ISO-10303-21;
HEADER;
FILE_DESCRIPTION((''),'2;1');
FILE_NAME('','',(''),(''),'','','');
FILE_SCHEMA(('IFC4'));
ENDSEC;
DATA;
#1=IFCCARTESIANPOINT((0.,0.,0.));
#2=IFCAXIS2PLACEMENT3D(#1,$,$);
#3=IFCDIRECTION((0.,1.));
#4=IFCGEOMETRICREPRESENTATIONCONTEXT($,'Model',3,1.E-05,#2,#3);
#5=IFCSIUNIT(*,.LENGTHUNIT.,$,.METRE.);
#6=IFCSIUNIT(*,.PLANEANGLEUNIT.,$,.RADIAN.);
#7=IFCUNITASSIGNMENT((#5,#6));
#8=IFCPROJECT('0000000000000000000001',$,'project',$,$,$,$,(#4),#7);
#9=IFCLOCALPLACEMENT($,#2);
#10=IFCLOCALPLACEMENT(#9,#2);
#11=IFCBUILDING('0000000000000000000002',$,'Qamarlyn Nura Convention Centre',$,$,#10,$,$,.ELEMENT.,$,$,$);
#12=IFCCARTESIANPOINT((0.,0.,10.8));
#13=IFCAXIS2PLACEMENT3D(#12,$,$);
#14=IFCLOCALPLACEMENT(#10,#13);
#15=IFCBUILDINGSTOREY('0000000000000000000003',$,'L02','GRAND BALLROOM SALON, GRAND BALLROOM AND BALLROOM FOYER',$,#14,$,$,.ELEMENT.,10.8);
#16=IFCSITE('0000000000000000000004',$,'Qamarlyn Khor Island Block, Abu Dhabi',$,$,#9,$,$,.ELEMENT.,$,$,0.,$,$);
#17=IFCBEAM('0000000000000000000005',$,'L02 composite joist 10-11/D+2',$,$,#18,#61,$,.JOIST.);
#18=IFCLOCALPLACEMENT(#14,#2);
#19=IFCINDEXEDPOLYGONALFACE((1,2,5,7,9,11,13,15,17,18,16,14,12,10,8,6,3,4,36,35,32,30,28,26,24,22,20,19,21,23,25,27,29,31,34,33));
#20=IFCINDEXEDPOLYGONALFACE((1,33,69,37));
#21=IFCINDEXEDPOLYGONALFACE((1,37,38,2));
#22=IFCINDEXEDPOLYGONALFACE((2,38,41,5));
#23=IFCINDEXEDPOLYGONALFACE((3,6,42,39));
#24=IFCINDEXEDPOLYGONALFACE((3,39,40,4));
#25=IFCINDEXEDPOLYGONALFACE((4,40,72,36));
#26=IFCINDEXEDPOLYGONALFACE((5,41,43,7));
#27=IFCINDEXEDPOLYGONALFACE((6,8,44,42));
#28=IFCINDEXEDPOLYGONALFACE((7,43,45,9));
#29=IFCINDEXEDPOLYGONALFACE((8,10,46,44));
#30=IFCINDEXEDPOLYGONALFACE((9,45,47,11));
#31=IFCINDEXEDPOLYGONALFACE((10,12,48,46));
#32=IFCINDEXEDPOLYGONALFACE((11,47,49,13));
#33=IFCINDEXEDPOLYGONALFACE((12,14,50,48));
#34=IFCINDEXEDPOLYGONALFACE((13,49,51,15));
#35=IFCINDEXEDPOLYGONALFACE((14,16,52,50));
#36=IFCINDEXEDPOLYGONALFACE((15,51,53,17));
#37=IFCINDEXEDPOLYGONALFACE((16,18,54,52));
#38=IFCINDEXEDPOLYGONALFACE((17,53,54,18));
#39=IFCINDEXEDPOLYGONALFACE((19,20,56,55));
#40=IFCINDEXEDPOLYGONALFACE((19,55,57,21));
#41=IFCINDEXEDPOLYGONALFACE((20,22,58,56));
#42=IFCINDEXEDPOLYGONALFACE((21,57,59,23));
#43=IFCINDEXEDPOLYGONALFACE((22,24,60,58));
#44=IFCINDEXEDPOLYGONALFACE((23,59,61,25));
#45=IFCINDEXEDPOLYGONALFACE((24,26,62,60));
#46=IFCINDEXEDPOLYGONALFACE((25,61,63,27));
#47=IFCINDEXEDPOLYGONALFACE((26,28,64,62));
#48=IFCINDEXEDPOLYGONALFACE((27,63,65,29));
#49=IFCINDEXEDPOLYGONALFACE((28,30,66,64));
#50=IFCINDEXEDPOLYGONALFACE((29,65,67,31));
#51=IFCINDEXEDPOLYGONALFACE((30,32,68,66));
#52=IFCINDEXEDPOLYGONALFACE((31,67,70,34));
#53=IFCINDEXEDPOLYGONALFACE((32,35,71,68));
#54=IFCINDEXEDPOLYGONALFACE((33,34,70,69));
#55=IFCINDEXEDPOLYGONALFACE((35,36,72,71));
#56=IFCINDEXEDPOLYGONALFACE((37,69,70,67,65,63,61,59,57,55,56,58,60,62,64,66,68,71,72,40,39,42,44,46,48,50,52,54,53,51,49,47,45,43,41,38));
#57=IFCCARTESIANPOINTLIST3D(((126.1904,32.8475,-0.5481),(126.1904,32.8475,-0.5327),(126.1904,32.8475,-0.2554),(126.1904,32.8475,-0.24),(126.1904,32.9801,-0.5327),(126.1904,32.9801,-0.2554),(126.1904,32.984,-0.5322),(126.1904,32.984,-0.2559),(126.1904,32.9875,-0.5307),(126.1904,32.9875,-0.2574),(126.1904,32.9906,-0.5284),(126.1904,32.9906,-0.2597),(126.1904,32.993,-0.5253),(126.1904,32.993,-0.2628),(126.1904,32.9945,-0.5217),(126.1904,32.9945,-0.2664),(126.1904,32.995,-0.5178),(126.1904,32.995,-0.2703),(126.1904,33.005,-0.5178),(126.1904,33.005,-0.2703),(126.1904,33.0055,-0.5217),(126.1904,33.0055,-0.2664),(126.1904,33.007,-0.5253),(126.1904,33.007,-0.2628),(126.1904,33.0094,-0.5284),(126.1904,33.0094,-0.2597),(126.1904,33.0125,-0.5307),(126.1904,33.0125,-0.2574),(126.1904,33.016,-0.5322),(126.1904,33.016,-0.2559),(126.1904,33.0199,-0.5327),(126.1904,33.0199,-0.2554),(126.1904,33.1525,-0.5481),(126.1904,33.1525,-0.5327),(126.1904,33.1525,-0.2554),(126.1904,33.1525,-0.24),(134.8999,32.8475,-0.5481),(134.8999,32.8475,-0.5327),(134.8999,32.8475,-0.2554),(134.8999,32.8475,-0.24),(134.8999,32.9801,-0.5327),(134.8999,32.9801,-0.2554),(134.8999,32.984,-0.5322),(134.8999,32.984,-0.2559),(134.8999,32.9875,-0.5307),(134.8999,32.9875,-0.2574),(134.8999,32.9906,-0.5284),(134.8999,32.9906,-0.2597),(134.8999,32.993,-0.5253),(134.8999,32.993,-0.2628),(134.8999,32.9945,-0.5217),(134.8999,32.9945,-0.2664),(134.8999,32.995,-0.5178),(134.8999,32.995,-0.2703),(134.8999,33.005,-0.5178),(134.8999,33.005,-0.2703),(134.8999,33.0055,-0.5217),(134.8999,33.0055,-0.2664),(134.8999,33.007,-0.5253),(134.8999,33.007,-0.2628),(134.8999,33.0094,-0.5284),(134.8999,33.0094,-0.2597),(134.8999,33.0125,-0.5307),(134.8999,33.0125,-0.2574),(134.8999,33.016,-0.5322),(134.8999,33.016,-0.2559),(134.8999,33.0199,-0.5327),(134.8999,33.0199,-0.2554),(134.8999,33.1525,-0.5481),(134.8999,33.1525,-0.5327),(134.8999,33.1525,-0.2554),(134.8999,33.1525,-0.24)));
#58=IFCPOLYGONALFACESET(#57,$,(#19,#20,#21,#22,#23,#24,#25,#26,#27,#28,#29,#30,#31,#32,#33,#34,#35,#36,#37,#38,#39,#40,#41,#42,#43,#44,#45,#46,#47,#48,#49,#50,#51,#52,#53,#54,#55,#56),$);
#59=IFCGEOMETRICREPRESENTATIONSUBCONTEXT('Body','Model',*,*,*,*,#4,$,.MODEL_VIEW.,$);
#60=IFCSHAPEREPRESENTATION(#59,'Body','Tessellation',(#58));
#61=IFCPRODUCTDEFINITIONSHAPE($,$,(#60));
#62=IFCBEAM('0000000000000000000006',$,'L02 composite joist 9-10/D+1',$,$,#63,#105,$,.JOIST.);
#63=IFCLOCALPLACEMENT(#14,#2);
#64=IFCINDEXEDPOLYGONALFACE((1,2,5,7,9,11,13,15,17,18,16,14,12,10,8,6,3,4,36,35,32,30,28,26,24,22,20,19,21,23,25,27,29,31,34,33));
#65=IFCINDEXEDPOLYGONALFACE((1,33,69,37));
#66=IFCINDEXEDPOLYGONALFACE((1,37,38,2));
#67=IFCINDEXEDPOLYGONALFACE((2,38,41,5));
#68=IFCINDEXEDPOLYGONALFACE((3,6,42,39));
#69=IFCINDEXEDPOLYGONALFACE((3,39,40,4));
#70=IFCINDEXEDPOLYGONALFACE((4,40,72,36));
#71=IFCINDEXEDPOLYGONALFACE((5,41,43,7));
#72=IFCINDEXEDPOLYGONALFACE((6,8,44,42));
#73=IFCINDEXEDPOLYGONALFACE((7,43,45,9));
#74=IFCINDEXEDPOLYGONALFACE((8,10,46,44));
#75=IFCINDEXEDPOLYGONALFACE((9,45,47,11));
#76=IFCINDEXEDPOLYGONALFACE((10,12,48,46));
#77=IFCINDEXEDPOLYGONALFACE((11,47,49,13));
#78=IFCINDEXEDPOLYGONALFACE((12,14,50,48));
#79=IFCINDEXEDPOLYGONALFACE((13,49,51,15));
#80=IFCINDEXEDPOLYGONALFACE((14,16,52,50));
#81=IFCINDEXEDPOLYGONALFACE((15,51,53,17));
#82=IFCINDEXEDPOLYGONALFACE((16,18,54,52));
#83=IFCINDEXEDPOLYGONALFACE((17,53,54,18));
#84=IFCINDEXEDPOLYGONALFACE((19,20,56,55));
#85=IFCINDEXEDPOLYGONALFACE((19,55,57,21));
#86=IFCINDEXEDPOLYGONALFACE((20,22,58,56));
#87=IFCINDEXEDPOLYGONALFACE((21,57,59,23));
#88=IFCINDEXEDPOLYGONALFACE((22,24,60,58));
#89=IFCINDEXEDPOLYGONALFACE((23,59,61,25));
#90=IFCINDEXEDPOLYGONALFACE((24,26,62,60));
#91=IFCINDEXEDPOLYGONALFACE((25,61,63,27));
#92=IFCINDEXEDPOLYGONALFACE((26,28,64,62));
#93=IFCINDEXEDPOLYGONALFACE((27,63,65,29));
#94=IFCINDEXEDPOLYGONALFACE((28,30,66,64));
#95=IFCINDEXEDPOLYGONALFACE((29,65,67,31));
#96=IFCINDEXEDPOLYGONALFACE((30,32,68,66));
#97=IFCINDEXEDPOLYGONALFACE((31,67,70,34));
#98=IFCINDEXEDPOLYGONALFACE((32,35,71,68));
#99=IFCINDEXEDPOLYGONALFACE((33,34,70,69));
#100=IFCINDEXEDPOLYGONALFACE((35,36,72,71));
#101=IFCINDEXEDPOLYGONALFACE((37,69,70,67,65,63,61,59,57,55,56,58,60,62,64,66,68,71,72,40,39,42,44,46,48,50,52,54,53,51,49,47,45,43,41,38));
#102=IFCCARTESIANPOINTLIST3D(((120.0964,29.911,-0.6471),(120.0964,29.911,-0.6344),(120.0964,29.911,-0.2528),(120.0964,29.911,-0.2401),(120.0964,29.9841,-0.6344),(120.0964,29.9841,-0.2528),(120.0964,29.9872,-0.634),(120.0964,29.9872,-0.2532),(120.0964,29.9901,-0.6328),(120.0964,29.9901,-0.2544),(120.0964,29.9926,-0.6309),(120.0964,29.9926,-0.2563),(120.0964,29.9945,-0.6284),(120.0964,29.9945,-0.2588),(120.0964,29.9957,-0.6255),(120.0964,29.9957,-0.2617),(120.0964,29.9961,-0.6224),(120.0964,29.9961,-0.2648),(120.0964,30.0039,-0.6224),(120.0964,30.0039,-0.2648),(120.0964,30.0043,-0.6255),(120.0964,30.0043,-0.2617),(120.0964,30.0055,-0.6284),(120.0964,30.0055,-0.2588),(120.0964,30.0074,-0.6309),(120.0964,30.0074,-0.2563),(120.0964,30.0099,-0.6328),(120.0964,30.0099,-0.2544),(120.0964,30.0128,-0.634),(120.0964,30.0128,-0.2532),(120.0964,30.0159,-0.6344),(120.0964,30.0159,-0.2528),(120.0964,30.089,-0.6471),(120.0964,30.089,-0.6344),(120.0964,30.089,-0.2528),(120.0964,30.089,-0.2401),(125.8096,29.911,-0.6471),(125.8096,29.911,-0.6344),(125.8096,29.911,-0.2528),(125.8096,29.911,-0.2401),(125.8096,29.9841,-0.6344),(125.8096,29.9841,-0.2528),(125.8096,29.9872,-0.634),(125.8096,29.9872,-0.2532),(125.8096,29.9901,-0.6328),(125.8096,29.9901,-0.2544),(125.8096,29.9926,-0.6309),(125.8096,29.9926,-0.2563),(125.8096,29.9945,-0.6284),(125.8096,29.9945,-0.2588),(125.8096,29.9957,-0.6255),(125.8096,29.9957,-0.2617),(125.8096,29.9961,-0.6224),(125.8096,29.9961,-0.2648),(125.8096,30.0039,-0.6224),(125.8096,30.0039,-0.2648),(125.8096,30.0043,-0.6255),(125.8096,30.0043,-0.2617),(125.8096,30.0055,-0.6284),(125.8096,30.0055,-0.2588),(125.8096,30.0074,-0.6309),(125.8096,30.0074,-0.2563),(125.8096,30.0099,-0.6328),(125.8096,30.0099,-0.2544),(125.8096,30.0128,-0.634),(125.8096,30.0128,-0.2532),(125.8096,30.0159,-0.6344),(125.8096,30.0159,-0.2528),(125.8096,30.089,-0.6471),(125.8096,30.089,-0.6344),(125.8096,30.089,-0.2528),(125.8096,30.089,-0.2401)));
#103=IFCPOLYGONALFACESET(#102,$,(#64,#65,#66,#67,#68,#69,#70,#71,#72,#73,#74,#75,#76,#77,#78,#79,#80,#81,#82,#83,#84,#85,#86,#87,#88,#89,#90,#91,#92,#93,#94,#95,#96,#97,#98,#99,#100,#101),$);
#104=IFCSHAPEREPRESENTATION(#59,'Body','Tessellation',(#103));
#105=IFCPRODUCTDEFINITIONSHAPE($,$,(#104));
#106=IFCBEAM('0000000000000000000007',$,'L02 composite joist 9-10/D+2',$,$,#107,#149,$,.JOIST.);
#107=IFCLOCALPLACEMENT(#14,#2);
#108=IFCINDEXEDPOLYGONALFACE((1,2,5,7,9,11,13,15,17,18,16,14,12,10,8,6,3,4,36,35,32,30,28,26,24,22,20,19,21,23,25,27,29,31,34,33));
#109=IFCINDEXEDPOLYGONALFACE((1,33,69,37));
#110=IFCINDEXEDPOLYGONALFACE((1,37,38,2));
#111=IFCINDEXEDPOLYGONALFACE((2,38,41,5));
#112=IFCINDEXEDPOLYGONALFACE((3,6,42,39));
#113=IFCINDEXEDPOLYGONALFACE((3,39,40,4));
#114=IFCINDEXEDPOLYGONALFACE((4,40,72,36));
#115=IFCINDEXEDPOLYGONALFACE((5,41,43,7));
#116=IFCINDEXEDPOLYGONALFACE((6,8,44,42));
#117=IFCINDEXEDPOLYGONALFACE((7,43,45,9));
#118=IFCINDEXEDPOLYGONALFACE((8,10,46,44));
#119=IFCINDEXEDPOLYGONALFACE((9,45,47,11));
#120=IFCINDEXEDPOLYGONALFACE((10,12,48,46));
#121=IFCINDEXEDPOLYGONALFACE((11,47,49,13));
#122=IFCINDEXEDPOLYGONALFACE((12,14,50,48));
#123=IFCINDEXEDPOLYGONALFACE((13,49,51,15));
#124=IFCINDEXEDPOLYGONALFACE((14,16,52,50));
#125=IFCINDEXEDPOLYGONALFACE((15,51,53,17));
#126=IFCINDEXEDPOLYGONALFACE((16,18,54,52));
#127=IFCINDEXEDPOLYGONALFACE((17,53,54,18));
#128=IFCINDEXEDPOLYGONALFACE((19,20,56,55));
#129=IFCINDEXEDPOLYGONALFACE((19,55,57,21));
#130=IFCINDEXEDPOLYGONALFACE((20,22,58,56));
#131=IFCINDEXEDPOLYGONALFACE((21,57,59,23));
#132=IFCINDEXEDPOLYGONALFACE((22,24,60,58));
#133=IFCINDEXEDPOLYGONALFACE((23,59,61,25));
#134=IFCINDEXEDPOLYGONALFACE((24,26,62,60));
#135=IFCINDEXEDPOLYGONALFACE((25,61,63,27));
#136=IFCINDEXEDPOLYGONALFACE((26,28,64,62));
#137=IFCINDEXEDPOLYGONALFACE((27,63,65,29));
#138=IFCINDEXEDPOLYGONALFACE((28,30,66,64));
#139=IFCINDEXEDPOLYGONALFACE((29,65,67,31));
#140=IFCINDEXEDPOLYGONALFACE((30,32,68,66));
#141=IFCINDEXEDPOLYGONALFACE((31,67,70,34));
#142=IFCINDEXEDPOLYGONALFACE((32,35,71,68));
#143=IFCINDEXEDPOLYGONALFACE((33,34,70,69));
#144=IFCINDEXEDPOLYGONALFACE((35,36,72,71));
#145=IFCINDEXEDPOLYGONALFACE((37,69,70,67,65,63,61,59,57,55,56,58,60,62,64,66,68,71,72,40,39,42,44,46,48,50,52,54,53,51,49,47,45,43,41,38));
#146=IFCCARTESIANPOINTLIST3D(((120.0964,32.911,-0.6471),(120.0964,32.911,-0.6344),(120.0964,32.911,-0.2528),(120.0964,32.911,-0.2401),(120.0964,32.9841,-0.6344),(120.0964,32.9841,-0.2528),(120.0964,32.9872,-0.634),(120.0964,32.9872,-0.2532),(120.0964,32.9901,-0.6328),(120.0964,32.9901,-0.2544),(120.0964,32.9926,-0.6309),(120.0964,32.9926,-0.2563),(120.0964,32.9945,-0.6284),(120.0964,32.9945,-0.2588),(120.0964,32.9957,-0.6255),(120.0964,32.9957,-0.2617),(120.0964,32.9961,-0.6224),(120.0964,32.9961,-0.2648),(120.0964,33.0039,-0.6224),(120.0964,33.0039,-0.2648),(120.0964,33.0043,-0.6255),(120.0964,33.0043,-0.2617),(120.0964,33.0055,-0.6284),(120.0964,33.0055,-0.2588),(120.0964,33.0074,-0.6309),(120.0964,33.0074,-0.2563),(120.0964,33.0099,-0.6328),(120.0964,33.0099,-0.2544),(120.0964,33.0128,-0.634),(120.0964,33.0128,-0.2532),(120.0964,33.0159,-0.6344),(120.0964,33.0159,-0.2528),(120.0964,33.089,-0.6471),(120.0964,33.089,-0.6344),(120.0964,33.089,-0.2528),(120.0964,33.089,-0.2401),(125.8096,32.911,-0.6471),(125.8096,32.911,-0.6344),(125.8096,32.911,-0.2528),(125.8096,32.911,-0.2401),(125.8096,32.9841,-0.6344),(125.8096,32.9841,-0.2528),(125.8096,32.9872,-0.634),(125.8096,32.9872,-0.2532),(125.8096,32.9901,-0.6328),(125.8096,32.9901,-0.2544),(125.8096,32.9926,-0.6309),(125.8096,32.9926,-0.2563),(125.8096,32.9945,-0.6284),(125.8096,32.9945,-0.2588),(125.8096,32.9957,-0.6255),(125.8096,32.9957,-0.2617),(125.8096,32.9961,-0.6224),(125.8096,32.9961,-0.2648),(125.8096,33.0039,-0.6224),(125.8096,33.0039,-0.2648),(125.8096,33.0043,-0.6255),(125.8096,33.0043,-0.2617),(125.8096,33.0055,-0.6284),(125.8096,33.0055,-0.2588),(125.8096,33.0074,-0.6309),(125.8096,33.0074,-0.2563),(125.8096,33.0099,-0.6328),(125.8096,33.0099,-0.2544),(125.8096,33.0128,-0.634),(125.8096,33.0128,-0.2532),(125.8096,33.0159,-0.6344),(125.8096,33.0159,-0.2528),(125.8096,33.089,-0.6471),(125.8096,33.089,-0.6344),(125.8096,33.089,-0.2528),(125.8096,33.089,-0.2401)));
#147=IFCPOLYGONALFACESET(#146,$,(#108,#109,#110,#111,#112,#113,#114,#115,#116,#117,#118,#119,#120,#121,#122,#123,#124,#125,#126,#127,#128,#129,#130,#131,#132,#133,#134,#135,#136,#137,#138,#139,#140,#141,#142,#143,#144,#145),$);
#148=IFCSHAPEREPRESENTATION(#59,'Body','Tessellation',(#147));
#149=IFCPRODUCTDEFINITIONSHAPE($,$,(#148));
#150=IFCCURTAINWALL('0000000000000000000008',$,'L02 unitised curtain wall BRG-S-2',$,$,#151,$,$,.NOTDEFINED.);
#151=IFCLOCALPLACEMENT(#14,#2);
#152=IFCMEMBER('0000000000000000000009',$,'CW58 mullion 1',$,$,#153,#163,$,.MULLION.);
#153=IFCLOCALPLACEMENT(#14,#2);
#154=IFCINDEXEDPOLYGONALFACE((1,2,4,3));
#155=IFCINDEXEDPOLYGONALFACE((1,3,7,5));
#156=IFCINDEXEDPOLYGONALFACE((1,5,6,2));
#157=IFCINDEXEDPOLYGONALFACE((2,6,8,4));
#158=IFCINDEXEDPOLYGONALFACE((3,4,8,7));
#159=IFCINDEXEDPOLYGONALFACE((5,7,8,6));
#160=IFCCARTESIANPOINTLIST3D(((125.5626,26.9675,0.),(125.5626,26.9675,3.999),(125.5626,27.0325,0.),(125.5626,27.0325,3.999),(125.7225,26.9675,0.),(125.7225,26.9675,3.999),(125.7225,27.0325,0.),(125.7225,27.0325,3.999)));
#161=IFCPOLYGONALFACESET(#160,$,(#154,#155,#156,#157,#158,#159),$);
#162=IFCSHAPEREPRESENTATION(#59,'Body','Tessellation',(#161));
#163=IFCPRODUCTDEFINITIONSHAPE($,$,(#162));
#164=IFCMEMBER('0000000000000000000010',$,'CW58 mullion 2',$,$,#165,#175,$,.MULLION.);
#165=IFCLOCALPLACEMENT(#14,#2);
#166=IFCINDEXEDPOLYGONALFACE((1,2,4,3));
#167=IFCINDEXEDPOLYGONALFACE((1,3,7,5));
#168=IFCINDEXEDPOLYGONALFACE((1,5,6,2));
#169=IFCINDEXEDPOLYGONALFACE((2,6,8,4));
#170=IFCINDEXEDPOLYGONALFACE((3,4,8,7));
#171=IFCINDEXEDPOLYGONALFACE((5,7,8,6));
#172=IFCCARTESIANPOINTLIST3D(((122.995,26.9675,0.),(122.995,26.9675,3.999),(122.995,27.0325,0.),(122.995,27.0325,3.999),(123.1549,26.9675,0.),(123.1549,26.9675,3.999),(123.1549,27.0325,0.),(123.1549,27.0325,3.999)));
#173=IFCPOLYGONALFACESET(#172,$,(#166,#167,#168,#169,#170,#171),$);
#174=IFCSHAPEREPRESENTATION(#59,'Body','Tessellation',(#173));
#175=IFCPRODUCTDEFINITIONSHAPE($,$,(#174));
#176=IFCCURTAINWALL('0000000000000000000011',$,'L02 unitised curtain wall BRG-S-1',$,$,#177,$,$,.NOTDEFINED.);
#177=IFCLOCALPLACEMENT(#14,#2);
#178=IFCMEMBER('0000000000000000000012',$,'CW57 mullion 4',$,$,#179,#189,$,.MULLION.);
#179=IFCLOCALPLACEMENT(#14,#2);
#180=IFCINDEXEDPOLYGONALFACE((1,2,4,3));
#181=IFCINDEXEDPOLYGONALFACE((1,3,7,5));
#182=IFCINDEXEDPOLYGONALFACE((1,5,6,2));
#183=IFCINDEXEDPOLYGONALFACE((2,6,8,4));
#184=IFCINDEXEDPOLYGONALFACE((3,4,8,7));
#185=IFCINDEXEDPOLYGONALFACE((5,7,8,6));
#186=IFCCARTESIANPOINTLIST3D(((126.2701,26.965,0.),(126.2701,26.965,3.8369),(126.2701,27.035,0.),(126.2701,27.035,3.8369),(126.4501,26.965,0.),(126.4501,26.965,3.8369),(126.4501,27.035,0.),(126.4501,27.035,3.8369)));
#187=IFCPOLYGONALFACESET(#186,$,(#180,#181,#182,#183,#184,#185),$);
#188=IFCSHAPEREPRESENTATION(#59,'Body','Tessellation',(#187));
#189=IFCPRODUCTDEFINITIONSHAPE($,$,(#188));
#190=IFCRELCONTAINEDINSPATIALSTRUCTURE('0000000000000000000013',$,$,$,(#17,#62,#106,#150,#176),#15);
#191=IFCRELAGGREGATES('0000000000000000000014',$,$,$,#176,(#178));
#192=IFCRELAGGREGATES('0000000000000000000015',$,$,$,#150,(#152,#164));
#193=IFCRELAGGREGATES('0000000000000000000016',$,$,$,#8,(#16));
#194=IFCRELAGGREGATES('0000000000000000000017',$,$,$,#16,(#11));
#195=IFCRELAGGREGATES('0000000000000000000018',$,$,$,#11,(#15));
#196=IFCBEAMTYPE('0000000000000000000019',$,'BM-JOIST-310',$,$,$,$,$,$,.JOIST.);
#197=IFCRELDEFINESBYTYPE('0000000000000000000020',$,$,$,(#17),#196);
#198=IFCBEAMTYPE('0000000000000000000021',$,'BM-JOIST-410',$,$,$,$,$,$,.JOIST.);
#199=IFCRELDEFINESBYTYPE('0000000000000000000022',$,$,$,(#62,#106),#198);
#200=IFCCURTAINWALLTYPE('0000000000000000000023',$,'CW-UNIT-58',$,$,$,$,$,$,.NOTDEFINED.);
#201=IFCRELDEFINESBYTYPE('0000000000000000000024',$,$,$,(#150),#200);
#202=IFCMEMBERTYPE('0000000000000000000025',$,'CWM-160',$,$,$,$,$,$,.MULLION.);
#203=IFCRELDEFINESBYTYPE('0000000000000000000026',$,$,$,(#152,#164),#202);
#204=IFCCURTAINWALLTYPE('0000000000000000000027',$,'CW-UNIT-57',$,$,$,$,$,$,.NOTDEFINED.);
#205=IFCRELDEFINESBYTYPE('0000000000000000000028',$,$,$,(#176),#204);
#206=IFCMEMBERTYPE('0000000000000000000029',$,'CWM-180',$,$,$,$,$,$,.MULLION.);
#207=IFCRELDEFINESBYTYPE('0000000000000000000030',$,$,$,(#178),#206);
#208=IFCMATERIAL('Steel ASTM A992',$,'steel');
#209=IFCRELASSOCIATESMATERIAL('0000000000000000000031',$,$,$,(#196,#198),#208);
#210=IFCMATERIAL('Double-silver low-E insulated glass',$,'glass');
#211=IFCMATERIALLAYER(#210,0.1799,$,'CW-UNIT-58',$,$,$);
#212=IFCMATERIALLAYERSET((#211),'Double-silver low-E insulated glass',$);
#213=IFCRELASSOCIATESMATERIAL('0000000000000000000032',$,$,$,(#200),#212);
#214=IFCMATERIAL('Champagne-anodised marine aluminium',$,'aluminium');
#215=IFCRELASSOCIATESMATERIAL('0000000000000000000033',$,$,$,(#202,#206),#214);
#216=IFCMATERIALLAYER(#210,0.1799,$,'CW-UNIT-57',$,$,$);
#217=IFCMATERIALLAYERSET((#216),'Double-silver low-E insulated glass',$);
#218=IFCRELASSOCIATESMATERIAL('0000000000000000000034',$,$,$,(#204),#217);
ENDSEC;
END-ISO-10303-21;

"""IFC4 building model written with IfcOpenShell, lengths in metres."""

from ifc_helpers import new_model, si_unit, direction, frame, origin, origin_2d, place, context, subcontext, project, spatial, rectangle, i_section, extrude, material, layer, layer_set, material_profile, profile_set, type_object, element, aggregate, save


model = new_model("IFC4")

# Units and contexts
model_context = context("Model", 3, precision=1e-05, world=origin(), true_north=direction((0.0, 1.0)))
body_context = subcontext(model_context, "Body", "Model", "MODEL_VIEW")
ifc_project = project(units=[si_unit("LENGTHUNIT", "METRE"), si_unit("PLANEANGLEUNIT", "RADIAN")], contexts=[model_context])

# Site, building, storey
site_placement = place(None, origin())
site = spatial("IfcSite", under=ifc_project, at=site_placement, Name="Qamarlyn Khor Island Block, Abu Dhabi", CompositionType="ELEMENT", RefElevation=0.0)
building_placement = place(site_placement, origin())
building = spatial("IfcBuilding", under=site, at=building_placement, Name="Qamarlyn Nura Convention Centre", CompositionType="ELEMENT")
storey_placement = place(building_placement, frame((0.0, 0.0, 10.8)))
storey = spatial("IfcBuildingStorey", under=building, at=storey_placement, Name="L02", Description="GRAND BALLROOM SALON, GRAND BALLROOM AND BALLROOM FOYER", CompositionType="ELEMENT", Elevation=10.8)

# Beams
ifc_material_1 = material(Name="Steel ASTM A992", Category="steel")
ifc_material_profile_1 = material_profile(ifc_material_1, i_section(OverallWidth=0.3049, OverallDepth=0.3081, WebThickness=0.01, FlangeThickness=0.0154, FilletRadius=0.0149, at=origin_2d()), Name="W310X97")
ifc_profile_set_1 = profile_set([ifc_material_profile_1], Name="Steel ASTM A992")
beam_type_1 = type_object("IfcBeamType", Name="BM-JOIST-310", PredefinedType="JOIST", material=ifc_profile_set_1)
for number, where, z_axis, x_axis, name in (
    (1, (126.1904, 33.0, -0.394), (1.0, 0.0, 0.0), (0.0, 1.0, 0.0), "L02 composite joist 10-11/D+2"),
):
    element("IfcBeam", number, at=place(storey_placement, frame(where, z_axis=z_axis, x_axis=x_axis)), inside=storey, type_object=beam_type_1, Name=name, PredefinedType="JOIST", context=body_context, shape_type="SweptSolid", body=[
        extrude(i_section(OverallWidth=0.3049, OverallDepth=0.3081, WebThickness=0.01, FlangeThickness=0.0154, FilletRadius=0.0149, at=origin_2d()), origin(), (0.0, 0.0, 1.0), 8.7095),
    ])
ifc_material_profile_2 = material_profile(ifc_material_1, i_section(OverallWidth=0.178, OverallDepth=0.407, WebThickness=0.0078, FlangeThickness=0.0127, FilletRadius=0.012, at=origin_2d()), Name="W410X60")
ifc_profile_set_2 = profile_set([ifc_material_profile_2], Name="Steel ASTM A992")
beam_type_2 = type_object("IfcBeamType", Name="BM-JOIST-410", PredefinedType="JOIST", material=ifc_profile_set_2)
for number, where, z_axis, x_axis, name in (
    (2, (120.0964, 30.0, -0.4436), (1.0, 0.0, 0.0), (0.0, 1.0, 0.0), "L02 composite joist 9-10/D+1"),
    (3, (120.0964, 33.0, -0.4436), (1.0, 0.0, 0.0), (0.0, 1.0, 0.0), "L02 composite joist 9-10/D+2"),
):
    element("IfcBeam", number, at=place(storey_placement, frame(where, z_axis=z_axis, x_axis=x_axis)), inside=storey, type_object=beam_type_2, Name=name, PredefinedType="JOIST", context=body_context, shape_type="SweptSolid", body=[
        extrude(i_section(OverallWidth=0.178, OverallDepth=0.407, WebThickness=0.0078, FlangeThickness=0.0127, FilletRadius=0.012, at=origin_2d()), origin(), (0.0, 0.0, 1.0), 5.7131),
    ])

# Curtain wall, members
ifc_material_2 = material(Name="Double-silver low-E insulated glass", Category="glass")
ifc_layer_1 = layer(ifc_material_2, 0.1799, Name="CW-UNIT-58")
ifc_layer_set_1 = layer_set([ifc_layer_1], Name="Double-silver low-E insulated glass")
curtain_wall_type_1 = type_object("IfcCurtainWallType", Name="CW-UNIT-58", PredefinedType="NOTDEFINED", material=ifc_layer_set_1)
curtain_wall_1_placement = place(storey_placement, origin())
curtain_wall_1 = element("IfcCurtainWall", 4, at=curtain_wall_1_placement, inside=storey, type_object=curtain_wall_type_1, Name="L02 unitised curtain wall BRG-S-2", PredefinedType="NOTDEFINED")
ifc_material_3 = material(Name="Champagne-anodised marine aluminium", Category="aluminium")
ifc_material_profile_3 = material_profile(ifc_material_3, rectangle(XDim=0.0649, YDim=0.1599, at=origin_2d()), Name="ALU MULLION 65x160")
ifc_profile_set_3 = profile_set([ifc_material_profile_3], Name="Champagne-anodised marine aluminium")
member_type_1 = type_object("IfcMemberType", Name="CWM-160", PredefinedType="MULLION", material=ifc_profile_set_3)
member_1_placement = place(storey_placement, frame((125.6426, 27.0, 0.0), z_axis=(0.0, 0.0, 1.0), x_axis=(0.0, -1.0, 0.0)))
member_1 = element("IfcMember", 5, at=member_1_placement, type_object=member_type_1, Name="CW58 mullion 1", PredefinedType="MULLION", context=body_context, shape_type="SweptSolid", body=[
    extrude(rectangle(XDim=0.0649, YDim=0.1599, at=origin_2d()), origin(), (0.0, 0.0, 1.0), 3.999),
])
member_2_placement = place(storey_placement, frame((123.075, 27.0, 0.0), z_axis=(0.0, 0.0, 1.0), x_axis=(0.0, -1.0, 0.0)))
member_2 = element("IfcMember", 6, at=member_2_placement, type_object=member_type_1, Name="CW58 mullion 2", PredefinedType="MULLION", context=body_context, shape_type="SweptSolid", body=[
    extrude(rectangle(XDim=0.0649, YDim=0.1599, at=origin_2d()), origin(), (0.0, 0.0, 1.0), 3.999),
])

# Curtain wall, member
ifc_layer_2 = layer(ifc_material_2, 0.1799, Name="CW-UNIT-57")
ifc_layer_set_2 = layer_set([ifc_layer_2], Name="Double-silver low-E insulated glass")
curtain_wall_type_2 = type_object("IfcCurtainWallType", Name="CW-UNIT-57", PredefinedType="NOTDEFINED", material=ifc_layer_set_2)
curtain_wall_2_placement = place(storey_placement, origin())
curtain_wall_2 = element("IfcCurtainWall", 7, at=curtain_wall_2_placement, inside=storey, type_object=curtain_wall_type_2, Name="L02 unitised curtain wall BRG-S-1", PredefinedType="NOTDEFINED")
ifc_material_profile_4 = material_profile(ifc_material_3, rectangle(XDim=0.0701, YDim=0.1799, at=origin_2d()), Name="ALU MULLION 70x180")
ifc_profile_set_4 = profile_set([ifc_material_profile_4], Name="Champagne-anodised marine aluminium")
member_type_2 = type_object("IfcMemberType", Name="CWM-180", PredefinedType="MULLION", material=ifc_profile_set_4)
member_3_placement = place(storey_placement, frame((126.3601, 27.0, 0.0), z_axis=(0.0, 0.0, 1.0), x_axis=(0.0, -1.0, 0.0)))
member_3 = element("IfcMember", 8, at=member_3_placement, type_object=member_type_2, Name="CW57 mullion 4", PredefinedType="MULLION", context=body_context, shape_type="SweptSolid", body=[
    extrude(rectangle(XDim=0.0701, YDim=0.1799, at=origin_2d()), origin(), (0.0, 0.0, 1.0), 3.8369),
])

aggregate(curtain_wall_2, [member_3])
aggregate(curtain_wall_1, [member_1, member_2])

save(model, "model.ifc")
